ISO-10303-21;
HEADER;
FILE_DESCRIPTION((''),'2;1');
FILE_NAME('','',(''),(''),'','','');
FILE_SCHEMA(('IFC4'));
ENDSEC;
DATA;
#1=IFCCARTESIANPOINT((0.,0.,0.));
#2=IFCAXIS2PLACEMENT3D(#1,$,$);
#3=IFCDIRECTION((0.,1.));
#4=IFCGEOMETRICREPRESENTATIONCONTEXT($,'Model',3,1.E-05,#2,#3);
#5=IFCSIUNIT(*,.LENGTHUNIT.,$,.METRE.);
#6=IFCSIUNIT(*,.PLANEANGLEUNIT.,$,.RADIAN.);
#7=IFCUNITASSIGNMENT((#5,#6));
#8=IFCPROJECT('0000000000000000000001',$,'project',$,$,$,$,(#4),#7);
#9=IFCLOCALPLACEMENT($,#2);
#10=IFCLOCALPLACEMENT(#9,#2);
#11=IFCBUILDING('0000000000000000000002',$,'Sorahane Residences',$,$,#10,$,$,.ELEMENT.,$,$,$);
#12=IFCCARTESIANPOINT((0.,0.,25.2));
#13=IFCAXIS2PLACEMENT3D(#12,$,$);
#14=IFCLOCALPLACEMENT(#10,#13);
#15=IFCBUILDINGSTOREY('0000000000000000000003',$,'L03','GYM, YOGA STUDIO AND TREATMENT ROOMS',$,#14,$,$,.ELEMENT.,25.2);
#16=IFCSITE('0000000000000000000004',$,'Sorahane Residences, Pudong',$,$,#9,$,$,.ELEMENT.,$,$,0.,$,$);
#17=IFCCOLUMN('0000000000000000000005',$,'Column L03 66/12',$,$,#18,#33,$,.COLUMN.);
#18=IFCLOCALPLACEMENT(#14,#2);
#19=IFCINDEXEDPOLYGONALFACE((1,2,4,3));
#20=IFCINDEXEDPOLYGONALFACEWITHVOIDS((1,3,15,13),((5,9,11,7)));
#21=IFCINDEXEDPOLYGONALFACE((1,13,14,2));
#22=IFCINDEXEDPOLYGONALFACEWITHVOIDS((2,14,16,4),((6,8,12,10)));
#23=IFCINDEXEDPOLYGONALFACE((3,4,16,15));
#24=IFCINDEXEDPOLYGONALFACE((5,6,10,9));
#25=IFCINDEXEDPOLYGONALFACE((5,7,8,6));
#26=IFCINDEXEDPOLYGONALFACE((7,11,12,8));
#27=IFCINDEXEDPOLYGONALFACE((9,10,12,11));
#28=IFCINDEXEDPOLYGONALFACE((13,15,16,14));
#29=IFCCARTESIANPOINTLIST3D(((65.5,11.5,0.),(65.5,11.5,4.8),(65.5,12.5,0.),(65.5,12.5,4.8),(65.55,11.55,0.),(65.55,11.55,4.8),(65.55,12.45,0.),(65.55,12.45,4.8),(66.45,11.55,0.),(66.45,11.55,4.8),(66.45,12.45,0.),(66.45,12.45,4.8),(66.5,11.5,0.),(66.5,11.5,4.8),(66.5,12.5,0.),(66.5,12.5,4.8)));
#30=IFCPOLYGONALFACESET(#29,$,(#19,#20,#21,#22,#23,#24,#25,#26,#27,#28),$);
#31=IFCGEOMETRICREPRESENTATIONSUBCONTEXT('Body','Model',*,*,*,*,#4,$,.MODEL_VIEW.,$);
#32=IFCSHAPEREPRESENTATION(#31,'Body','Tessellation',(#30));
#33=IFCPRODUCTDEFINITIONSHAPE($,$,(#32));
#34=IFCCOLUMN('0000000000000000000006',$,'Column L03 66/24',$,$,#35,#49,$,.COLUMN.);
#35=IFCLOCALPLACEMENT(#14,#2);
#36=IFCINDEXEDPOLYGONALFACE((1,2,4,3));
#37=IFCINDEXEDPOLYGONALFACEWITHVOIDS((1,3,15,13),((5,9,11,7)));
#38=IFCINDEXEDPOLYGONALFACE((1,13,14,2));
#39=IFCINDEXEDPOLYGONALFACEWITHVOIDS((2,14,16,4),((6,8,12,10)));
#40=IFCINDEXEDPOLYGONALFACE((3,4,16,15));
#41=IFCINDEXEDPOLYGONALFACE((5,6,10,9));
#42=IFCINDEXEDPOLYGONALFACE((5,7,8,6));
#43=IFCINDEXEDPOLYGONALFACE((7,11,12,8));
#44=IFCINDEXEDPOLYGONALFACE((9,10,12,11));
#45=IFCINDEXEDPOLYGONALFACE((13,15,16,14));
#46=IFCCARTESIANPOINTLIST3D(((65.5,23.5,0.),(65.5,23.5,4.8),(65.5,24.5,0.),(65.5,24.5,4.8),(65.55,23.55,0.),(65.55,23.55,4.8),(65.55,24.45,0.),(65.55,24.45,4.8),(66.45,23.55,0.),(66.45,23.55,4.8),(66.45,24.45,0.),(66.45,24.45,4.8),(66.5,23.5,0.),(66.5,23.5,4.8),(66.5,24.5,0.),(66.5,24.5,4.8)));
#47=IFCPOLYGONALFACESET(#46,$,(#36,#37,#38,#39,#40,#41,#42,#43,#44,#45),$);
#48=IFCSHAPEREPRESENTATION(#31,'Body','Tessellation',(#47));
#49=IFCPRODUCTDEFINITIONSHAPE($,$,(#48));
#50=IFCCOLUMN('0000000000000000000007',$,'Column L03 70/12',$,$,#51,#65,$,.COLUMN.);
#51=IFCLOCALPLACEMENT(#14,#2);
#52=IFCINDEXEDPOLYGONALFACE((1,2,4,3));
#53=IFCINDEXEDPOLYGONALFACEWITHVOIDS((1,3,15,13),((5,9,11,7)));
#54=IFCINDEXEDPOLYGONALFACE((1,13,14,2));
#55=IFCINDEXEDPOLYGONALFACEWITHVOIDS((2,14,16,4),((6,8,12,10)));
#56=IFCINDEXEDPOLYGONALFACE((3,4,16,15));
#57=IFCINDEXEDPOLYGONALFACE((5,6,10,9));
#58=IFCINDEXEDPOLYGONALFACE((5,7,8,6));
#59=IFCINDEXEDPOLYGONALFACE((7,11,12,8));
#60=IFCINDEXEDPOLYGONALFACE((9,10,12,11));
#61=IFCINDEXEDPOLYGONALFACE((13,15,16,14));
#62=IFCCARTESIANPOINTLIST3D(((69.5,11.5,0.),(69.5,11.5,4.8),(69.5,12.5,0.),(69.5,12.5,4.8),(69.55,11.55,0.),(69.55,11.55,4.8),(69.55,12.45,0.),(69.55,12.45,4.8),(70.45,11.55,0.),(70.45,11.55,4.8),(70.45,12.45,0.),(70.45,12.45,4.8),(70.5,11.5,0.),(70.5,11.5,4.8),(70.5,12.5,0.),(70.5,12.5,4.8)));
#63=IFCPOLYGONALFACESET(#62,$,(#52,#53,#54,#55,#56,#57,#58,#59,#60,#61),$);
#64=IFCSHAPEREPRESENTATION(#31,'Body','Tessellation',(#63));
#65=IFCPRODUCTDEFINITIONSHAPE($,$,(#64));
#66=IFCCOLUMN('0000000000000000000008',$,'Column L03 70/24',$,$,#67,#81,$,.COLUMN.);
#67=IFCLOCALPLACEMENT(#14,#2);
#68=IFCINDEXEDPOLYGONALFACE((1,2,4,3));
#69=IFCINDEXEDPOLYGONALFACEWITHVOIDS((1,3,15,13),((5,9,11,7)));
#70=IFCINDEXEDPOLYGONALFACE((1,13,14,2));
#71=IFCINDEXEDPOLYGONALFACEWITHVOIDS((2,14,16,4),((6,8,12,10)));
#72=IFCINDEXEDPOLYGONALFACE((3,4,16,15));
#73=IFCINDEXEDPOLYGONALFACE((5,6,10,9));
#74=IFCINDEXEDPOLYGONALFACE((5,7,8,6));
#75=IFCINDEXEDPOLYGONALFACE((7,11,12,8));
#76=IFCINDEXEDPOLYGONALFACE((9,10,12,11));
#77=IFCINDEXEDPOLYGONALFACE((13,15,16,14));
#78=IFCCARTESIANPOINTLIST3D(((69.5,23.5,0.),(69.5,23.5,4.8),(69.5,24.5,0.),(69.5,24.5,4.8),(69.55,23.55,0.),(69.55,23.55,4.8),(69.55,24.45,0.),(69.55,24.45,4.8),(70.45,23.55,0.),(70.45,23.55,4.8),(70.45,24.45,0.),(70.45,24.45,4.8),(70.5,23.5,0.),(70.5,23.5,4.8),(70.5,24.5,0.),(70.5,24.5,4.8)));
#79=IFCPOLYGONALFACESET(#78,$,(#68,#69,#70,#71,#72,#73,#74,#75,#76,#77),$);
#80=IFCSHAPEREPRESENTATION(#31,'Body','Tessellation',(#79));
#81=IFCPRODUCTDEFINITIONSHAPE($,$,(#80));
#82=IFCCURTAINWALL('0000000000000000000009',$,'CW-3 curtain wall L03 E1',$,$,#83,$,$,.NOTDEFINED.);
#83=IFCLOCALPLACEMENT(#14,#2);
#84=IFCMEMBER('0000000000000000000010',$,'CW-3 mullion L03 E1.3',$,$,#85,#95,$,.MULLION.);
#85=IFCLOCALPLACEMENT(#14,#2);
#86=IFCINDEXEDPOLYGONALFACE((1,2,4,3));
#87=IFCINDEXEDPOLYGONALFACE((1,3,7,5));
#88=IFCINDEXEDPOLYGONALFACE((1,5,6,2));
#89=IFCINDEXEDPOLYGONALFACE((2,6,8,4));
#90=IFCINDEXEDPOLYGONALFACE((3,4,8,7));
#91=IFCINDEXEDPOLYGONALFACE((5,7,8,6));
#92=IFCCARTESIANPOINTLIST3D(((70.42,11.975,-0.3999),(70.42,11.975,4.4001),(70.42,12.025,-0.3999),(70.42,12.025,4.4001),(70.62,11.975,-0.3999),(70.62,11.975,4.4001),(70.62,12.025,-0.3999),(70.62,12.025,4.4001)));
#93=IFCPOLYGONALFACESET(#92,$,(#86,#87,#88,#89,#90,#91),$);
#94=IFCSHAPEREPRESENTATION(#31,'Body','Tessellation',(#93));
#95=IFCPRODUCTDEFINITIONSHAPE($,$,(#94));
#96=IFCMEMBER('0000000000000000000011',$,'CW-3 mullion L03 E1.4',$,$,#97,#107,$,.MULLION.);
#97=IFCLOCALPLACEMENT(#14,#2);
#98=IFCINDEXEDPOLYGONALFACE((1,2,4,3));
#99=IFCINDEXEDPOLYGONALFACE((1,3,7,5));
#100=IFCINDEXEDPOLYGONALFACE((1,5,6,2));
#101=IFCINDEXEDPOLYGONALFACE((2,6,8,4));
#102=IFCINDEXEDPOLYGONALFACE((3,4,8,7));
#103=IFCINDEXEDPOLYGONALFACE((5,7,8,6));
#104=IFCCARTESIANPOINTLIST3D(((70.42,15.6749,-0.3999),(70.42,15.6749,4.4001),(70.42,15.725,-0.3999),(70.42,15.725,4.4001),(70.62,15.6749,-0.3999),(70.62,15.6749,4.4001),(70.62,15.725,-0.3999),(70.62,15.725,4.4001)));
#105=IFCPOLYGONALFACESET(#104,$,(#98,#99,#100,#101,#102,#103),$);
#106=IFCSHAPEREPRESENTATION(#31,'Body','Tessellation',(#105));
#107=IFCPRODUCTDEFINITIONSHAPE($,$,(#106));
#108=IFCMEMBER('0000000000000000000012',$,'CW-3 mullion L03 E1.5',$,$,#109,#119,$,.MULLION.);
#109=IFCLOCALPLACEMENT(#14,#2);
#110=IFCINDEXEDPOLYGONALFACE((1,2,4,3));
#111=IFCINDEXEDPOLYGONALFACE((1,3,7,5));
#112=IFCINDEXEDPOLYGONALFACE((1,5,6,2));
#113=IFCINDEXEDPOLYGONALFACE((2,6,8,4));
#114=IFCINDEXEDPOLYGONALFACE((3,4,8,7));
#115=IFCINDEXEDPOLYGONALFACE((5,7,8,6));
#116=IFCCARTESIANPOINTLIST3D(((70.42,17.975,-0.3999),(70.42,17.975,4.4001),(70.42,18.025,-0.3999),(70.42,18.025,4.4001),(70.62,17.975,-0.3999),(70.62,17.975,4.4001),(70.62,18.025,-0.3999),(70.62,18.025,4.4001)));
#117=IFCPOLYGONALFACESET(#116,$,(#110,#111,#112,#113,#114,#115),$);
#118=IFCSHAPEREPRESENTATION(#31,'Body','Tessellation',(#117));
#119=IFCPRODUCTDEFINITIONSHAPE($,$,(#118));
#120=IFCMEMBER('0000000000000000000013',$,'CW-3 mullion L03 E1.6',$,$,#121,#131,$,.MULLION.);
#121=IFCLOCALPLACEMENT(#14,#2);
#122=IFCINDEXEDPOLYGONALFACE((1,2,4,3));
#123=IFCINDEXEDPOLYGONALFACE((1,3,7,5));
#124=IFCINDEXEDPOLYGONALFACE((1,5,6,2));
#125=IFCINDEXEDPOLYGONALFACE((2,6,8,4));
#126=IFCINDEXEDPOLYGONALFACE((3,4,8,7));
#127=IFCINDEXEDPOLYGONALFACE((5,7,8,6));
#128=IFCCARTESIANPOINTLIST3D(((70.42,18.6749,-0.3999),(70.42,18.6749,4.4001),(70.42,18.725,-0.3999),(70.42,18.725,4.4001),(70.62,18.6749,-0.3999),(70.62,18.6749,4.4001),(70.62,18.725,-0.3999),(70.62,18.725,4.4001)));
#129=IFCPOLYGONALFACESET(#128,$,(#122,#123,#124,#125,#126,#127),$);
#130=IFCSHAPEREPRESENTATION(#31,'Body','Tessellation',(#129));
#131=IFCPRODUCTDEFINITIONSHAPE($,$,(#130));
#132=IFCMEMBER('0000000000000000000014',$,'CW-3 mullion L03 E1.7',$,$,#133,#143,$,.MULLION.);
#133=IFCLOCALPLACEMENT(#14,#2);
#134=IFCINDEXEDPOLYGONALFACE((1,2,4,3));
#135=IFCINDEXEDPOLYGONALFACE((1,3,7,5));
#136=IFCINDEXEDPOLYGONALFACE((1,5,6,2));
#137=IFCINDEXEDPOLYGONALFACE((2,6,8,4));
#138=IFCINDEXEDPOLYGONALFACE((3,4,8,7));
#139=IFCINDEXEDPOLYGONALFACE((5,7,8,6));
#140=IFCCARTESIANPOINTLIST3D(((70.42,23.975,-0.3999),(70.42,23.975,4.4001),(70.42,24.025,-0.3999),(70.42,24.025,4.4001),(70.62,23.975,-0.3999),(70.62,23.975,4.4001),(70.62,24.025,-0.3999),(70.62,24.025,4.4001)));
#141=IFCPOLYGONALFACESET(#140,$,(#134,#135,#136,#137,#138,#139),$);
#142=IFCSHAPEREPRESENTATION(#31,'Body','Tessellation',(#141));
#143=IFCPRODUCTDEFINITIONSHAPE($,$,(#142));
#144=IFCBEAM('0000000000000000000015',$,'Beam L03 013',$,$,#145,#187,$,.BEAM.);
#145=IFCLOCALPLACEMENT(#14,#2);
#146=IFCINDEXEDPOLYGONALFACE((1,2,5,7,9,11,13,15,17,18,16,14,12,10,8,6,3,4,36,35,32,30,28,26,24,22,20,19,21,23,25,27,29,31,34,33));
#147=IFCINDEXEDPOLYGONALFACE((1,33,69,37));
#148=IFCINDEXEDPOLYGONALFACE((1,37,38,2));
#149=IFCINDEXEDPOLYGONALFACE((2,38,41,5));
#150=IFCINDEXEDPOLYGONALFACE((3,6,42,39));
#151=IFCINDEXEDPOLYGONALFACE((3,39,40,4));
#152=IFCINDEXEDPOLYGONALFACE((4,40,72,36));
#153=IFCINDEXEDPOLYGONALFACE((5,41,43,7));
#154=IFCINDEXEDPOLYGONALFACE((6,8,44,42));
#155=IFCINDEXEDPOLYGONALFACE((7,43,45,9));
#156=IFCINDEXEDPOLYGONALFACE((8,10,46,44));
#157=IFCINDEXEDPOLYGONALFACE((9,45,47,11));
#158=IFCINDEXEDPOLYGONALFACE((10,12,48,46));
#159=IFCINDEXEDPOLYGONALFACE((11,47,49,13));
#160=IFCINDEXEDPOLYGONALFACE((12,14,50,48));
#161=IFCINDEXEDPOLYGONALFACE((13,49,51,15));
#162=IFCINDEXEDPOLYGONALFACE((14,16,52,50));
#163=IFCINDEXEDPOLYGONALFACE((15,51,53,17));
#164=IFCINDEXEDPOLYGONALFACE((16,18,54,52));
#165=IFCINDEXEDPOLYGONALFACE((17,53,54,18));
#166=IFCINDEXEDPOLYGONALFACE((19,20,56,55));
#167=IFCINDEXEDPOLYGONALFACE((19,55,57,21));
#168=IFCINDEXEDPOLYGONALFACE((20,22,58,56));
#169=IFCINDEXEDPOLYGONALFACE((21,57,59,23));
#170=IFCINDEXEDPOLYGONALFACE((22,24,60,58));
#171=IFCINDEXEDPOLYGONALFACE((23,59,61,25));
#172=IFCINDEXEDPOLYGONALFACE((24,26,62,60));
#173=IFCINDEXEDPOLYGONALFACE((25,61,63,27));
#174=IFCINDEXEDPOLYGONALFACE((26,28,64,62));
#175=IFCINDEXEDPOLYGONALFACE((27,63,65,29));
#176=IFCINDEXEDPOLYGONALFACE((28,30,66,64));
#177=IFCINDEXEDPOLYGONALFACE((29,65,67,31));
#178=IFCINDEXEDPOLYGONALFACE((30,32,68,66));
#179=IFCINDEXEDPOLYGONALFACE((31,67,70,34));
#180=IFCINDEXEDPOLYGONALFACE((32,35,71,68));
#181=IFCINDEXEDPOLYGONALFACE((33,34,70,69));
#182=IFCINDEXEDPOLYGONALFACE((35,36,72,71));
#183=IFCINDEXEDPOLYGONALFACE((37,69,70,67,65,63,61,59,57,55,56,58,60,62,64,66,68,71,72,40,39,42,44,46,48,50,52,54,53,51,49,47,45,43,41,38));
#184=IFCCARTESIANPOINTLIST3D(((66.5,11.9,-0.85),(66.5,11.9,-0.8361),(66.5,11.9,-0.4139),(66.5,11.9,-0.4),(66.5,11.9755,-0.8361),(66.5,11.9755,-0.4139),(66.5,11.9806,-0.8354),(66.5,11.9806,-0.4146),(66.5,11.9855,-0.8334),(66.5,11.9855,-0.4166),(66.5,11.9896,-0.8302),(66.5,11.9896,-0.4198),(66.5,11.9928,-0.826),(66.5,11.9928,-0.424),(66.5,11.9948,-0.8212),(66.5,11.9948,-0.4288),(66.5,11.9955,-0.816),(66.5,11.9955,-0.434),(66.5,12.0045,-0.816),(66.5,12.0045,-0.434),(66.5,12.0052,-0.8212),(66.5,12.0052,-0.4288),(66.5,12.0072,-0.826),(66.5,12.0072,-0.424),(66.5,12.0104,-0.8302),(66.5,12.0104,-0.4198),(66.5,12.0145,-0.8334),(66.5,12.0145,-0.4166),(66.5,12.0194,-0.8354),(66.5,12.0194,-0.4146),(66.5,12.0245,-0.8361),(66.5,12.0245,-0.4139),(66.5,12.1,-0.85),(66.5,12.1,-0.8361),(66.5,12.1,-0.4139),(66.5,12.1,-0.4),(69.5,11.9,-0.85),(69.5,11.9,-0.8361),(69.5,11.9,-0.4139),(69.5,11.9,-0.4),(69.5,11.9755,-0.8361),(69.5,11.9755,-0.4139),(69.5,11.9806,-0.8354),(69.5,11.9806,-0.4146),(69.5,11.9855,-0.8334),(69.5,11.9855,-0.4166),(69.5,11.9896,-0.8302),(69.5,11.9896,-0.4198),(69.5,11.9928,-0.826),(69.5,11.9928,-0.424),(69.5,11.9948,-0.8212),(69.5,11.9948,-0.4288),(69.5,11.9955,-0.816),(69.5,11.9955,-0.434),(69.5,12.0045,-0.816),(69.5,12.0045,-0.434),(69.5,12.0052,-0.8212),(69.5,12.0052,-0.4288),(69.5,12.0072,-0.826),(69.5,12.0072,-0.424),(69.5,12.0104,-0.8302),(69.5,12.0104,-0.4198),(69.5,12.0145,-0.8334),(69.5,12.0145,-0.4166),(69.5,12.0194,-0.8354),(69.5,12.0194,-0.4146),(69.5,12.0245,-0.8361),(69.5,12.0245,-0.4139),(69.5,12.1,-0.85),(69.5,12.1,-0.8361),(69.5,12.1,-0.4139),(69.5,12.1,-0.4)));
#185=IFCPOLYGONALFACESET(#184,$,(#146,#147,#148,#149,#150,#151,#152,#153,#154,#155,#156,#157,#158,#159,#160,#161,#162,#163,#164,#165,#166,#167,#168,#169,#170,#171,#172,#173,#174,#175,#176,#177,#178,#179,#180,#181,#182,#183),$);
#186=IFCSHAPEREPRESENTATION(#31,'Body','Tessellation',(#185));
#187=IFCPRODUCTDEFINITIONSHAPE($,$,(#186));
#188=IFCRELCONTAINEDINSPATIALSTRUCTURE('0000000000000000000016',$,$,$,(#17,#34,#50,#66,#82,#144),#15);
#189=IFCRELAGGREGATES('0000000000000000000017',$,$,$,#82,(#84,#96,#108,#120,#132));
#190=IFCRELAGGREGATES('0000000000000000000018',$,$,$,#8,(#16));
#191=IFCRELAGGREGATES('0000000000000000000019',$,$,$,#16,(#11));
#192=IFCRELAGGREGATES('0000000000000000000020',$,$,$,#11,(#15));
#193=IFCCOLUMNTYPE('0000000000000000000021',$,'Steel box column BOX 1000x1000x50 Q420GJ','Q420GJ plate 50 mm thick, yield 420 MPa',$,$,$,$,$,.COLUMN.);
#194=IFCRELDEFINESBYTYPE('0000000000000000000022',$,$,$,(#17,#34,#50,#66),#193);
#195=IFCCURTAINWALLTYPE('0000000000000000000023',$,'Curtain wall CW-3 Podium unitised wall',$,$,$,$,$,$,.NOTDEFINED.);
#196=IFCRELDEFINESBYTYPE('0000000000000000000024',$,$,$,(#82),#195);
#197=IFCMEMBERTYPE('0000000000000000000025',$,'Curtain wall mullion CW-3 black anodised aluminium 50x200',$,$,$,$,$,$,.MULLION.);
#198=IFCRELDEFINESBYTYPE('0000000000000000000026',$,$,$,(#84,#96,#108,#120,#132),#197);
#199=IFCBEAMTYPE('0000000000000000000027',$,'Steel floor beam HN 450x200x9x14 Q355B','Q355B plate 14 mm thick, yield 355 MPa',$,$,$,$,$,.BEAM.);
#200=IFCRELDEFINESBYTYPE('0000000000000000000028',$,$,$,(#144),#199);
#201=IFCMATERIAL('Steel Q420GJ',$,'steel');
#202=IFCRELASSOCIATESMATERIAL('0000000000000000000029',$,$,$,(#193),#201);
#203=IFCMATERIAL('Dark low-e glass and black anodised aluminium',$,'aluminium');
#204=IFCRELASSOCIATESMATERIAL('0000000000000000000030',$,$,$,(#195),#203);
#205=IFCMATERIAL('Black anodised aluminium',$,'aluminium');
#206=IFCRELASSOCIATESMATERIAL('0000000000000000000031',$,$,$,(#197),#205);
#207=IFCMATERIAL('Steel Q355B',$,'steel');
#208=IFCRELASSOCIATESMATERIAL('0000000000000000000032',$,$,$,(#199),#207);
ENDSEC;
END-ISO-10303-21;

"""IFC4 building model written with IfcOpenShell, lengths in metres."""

from ifc_helpers import new_model, si_unit, direction, frame, origin, origin_2d, place, context, subcontext, project, spatial, rectangle, hollow_rectangle, i_section, extrude, material, material_profile, profile_set, type_object, element, aggregate, save


model = new_model("IFC4")

# Units and contexts
model_context = context("Model", 3, precision=1e-05, world=origin(), true_north=direction((0.0, 1.0)))
body_context = subcontext(model_context, "Body", "Model", "MODEL_VIEW")
ifc_project = project(units=[si_unit("LENGTHUNIT", "METRE"), si_unit("PLANEANGLEUNIT", "RADIAN")], contexts=[model_context])

# Site, building, storey
site_placement = place(None, origin())
site = spatial("IfcSite", under=ifc_project, at=site_placement, Name="Sorahane Residences, Pudong", CompositionType="ELEMENT", RefElevation=0.0)
building_placement = place(site_placement, origin())
building = spatial("IfcBuilding", under=site, at=building_placement, Name="Sorahane Residences", CompositionType="ELEMENT")
storey_placement = place(building_placement, frame((0.0, 0.0, 25.2)))
storey = spatial("IfcBuildingStorey", under=building, at=storey_placement, Name="L03", Description="GYM, YOGA STUDIO AND TREATMENT ROOMS", CompositionType="ELEMENT", Elevation=25.2)

# Columns
ifc_material_1 = material(Name="Steel Q420GJ", Category="steel")
ifc_material_profile_1 = material_profile(ifc_material_1, hollow_rectangle(XDim=1.0, YDim=1.0, WallThickness=0.05, at=origin_2d()), Name="BOX 1000x1000x50")
ifc_profile_set_1 = profile_set([ifc_material_profile_1], Name="Steel Q420GJ")
column_type = type_object("IfcColumnType", Name="Steel box column BOX 1000x1000x50 Q420GJ", Description="Q420GJ plate 50 mm thick, yield 420 MPa", PredefinedType="COLUMN", material=ifc_profile_set_1)
for number, where, z_axis, x_axis, name in (
    (1, (66.0, 12.0, 0.0), (0.0, 0.0, 1.0), (1.0, 0.0, 0.0), "Column L03 66/12"),
    (2, (66.0, 24.0, 0.0), (0.0, 0.0, 1.0), (1.0, 0.0, 0.0), "Column L03 66/24"),
    (3, (70.0, 12.0, 0.0), (0.0, 0.0, 1.0), (1.0, 0.0, 0.0), "Column L03 70/12"),
    (4, (70.0, 24.0, 0.0), (0.0, 0.0, 1.0), (1.0, 0.0, 0.0), "Column L03 70/24"),
):
    element("IfcColumn", number, at=place(storey_placement, frame(where, z_axis=z_axis, x_axis=x_axis)), inside=storey, type_object=column_type, Name=name, PredefinedType="COLUMN", context=body_context, shape_type="SweptSolid", body=[
        extrude(hollow_rectangle(XDim=1.0, YDim=1.0, WallThickness=0.05, at=origin_2d()), origin(), (0.0, 0.0, 1.0), 4.8),
    ])

# Curtain wall, members
ifc_material_2 = material(Name="Dark low-e glass and black anodised aluminium", Category="aluminium")
curtain_wall_type = type_object("IfcCurtainWallType", Name="Curtain wall CW-3 Podium unitised wall", PredefinedType="NOTDEFINED", material=ifc_material_2)
curtain_wall_placement = place(storey_placement, origin())
curtain_wall = element("IfcCurtainWall", 5, at=curtain_wall_placement, inside=storey, type_object=curtain_wall_type, Name="CW-3 curtain wall L03 E1", PredefinedType="NOTDEFINED")
ifc_material_3 = material(Name="Black anodised aluminium", Category="aluminium")
ifc_material_profile_2 = material_profile(ifc_material_3, rectangle(XDim=0.2, YDim=0.05, at=origin_2d()), Name="Curtain wall mullion CW-3 black anodised aluminium 50x200")
ifc_profile_set_2 = profile_set([ifc_material_profile_2], Name="Black anodised aluminium")
member_type = type_object("IfcMemberType", Name="Curtain wall mullion CW-3 black anodised aluminium 50x200", PredefinedType="MULLION", material=ifc_profile_set_2)
member_1_placement = place(storey_placement, frame((70.52, 12.0, -0.3999), z_axis=(0.0, 0.0, 1.0), x_axis=(1.0, 0.0, 0.0)))
member_1 = element("IfcMember", 6, at=member_1_placement, type_object=member_type, Name="CW-3 mullion L03 E1.3", PredefinedType="MULLION", context=body_context, shape_type="SweptSolid", body=[
    extrude(rectangle(XDim=0.2, YDim=0.05, at=origin_2d()), origin(), (0.0, 0.0, 1.0), 4.8),
])
member_2_placement = place(storey_placement, frame((70.52, 15.7, -0.3999), z_axis=(0.0, 0.0, 1.0), x_axis=(1.0, 0.0, 0.0)))
member_2 = element("IfcMember", 7, at=member_2_placement, type_object=member_type, Name="CW-3 mullion L03 E1.4", PredefinedType="MULLION", context=body_context, shape_type="SweptSolid", body=[
    extrude(rectangle(XDim=0.2, YDim=0.05, at=origin_2d()), origin(), (0.0, 0.0, 1.0), 4.8),
])
member_3_placement = place(storey_placement, frame((70.52, 18.0, -0.3999), z_axis=(0.0, 0.0, 1.0), x_axis=(1.0, 0.0, 0.0)))
member_3 = element("IfcMember", 8, at=member_3_placement, type_object=member_type, Name="CW-3 mullion L03 E1.5", PredefinedType="MULLION", context=body_context, shape_type="SweptSolid", body=[
    extrude(rectangle(XDim=0.2, YDim=0.05, at=origin_2d()), origin(), (0.0, 0.0, 1.0), 4.8),
])
member_4_placement = place(storey_placement, frame((70.52, 18.7, -0.3999), z_axis=(0.0, 0.0, 1.0), x_axis=(1.0, 0.0, 0.0)))
member_4 = element("IfcMember", 9, at=member_4_placement, type_object=member_type, Name="CW-3 mullion L03 E1.6", PredefinedType="MULLION", context=body_context, shape_type="SweptSolid", body=[
    extrude(rectangle(XDim=0.2, YDim=0.05, at=origin_2d()), origin(), (0.0, 0.0, 1.0), 4.8),
])
member_5_placement = place(storey_placement, frame((70.52, 24.0, -0.3999), z_axis=(0.0, 0.0, 1.0), x_axis=(1.0, 0.0, 0.0)))
member_5 = element("IfcMember", 10, at=member_5_placement, type_object=member_type, Name="CW-3 mullion L03 E1.7", PredefinedType="MULLION", context=body_context, shape_type="SweptSolid", body=[
    extrude(rectangle(XDim=0.2, YDim=0.05, at=origin_2d()), origin(), (0.0, 0.0, 1.0), 4.8),
])

# Beam
ifc_material_4 = material(Name="Steel Q355B", Category="steel")
ifc_material_profile_3 = material_profile(ifc_material_4, i_section(OverallWidth=0.2, OverallDepth=0.45, WebThickness=0.009, FlangeThickness=0.0139, FilletRadius=0.02, at=origin_2d()), Name="HN 450x200x9x14")
ifc_profile_set_3 = profile_set([ifc_material_profile_3], Name="Steel Q355B")
beam_type_1 = type_object("IfcBeamType", Name="Steel floor beam HN 450x200x9x14 Q355B", Description="Q355B plate 14 mm thick, yield 355 MPa", PredefinedType="BEAM", material=ifc_profile_set_3)
for number, where, z_axis, x_axis, name in (
    (11, (66.5, 12.0, -0.625), (1.0, 0.0, 0.0), (0.0, 1.0, 0.0), "Beam L03 013"),
):
    element("IfcBeam", number, at=place(storey_placement, frame(where, z_axis=z_axis, x_axis=x_axis)), inside=storey, type_object=beam_type_1, Name=name, PredefinedType="BEAM", context=body_context, shape_type="SweptSolid", body=[
        extrude(i_section(OverallWidth=0.2, OverallDepth=0.45, WebThickness=0.009, FlangeThickness=0.0139, FilletRadius=0.02, at=origin_2d()), origin(), (0.0, 0.0, 1.0), 3.0),
    ])

aggregate(curtain_wall, [member_1, member_2, member_3, member_4, member_5])

save(model, "model.ifc")
